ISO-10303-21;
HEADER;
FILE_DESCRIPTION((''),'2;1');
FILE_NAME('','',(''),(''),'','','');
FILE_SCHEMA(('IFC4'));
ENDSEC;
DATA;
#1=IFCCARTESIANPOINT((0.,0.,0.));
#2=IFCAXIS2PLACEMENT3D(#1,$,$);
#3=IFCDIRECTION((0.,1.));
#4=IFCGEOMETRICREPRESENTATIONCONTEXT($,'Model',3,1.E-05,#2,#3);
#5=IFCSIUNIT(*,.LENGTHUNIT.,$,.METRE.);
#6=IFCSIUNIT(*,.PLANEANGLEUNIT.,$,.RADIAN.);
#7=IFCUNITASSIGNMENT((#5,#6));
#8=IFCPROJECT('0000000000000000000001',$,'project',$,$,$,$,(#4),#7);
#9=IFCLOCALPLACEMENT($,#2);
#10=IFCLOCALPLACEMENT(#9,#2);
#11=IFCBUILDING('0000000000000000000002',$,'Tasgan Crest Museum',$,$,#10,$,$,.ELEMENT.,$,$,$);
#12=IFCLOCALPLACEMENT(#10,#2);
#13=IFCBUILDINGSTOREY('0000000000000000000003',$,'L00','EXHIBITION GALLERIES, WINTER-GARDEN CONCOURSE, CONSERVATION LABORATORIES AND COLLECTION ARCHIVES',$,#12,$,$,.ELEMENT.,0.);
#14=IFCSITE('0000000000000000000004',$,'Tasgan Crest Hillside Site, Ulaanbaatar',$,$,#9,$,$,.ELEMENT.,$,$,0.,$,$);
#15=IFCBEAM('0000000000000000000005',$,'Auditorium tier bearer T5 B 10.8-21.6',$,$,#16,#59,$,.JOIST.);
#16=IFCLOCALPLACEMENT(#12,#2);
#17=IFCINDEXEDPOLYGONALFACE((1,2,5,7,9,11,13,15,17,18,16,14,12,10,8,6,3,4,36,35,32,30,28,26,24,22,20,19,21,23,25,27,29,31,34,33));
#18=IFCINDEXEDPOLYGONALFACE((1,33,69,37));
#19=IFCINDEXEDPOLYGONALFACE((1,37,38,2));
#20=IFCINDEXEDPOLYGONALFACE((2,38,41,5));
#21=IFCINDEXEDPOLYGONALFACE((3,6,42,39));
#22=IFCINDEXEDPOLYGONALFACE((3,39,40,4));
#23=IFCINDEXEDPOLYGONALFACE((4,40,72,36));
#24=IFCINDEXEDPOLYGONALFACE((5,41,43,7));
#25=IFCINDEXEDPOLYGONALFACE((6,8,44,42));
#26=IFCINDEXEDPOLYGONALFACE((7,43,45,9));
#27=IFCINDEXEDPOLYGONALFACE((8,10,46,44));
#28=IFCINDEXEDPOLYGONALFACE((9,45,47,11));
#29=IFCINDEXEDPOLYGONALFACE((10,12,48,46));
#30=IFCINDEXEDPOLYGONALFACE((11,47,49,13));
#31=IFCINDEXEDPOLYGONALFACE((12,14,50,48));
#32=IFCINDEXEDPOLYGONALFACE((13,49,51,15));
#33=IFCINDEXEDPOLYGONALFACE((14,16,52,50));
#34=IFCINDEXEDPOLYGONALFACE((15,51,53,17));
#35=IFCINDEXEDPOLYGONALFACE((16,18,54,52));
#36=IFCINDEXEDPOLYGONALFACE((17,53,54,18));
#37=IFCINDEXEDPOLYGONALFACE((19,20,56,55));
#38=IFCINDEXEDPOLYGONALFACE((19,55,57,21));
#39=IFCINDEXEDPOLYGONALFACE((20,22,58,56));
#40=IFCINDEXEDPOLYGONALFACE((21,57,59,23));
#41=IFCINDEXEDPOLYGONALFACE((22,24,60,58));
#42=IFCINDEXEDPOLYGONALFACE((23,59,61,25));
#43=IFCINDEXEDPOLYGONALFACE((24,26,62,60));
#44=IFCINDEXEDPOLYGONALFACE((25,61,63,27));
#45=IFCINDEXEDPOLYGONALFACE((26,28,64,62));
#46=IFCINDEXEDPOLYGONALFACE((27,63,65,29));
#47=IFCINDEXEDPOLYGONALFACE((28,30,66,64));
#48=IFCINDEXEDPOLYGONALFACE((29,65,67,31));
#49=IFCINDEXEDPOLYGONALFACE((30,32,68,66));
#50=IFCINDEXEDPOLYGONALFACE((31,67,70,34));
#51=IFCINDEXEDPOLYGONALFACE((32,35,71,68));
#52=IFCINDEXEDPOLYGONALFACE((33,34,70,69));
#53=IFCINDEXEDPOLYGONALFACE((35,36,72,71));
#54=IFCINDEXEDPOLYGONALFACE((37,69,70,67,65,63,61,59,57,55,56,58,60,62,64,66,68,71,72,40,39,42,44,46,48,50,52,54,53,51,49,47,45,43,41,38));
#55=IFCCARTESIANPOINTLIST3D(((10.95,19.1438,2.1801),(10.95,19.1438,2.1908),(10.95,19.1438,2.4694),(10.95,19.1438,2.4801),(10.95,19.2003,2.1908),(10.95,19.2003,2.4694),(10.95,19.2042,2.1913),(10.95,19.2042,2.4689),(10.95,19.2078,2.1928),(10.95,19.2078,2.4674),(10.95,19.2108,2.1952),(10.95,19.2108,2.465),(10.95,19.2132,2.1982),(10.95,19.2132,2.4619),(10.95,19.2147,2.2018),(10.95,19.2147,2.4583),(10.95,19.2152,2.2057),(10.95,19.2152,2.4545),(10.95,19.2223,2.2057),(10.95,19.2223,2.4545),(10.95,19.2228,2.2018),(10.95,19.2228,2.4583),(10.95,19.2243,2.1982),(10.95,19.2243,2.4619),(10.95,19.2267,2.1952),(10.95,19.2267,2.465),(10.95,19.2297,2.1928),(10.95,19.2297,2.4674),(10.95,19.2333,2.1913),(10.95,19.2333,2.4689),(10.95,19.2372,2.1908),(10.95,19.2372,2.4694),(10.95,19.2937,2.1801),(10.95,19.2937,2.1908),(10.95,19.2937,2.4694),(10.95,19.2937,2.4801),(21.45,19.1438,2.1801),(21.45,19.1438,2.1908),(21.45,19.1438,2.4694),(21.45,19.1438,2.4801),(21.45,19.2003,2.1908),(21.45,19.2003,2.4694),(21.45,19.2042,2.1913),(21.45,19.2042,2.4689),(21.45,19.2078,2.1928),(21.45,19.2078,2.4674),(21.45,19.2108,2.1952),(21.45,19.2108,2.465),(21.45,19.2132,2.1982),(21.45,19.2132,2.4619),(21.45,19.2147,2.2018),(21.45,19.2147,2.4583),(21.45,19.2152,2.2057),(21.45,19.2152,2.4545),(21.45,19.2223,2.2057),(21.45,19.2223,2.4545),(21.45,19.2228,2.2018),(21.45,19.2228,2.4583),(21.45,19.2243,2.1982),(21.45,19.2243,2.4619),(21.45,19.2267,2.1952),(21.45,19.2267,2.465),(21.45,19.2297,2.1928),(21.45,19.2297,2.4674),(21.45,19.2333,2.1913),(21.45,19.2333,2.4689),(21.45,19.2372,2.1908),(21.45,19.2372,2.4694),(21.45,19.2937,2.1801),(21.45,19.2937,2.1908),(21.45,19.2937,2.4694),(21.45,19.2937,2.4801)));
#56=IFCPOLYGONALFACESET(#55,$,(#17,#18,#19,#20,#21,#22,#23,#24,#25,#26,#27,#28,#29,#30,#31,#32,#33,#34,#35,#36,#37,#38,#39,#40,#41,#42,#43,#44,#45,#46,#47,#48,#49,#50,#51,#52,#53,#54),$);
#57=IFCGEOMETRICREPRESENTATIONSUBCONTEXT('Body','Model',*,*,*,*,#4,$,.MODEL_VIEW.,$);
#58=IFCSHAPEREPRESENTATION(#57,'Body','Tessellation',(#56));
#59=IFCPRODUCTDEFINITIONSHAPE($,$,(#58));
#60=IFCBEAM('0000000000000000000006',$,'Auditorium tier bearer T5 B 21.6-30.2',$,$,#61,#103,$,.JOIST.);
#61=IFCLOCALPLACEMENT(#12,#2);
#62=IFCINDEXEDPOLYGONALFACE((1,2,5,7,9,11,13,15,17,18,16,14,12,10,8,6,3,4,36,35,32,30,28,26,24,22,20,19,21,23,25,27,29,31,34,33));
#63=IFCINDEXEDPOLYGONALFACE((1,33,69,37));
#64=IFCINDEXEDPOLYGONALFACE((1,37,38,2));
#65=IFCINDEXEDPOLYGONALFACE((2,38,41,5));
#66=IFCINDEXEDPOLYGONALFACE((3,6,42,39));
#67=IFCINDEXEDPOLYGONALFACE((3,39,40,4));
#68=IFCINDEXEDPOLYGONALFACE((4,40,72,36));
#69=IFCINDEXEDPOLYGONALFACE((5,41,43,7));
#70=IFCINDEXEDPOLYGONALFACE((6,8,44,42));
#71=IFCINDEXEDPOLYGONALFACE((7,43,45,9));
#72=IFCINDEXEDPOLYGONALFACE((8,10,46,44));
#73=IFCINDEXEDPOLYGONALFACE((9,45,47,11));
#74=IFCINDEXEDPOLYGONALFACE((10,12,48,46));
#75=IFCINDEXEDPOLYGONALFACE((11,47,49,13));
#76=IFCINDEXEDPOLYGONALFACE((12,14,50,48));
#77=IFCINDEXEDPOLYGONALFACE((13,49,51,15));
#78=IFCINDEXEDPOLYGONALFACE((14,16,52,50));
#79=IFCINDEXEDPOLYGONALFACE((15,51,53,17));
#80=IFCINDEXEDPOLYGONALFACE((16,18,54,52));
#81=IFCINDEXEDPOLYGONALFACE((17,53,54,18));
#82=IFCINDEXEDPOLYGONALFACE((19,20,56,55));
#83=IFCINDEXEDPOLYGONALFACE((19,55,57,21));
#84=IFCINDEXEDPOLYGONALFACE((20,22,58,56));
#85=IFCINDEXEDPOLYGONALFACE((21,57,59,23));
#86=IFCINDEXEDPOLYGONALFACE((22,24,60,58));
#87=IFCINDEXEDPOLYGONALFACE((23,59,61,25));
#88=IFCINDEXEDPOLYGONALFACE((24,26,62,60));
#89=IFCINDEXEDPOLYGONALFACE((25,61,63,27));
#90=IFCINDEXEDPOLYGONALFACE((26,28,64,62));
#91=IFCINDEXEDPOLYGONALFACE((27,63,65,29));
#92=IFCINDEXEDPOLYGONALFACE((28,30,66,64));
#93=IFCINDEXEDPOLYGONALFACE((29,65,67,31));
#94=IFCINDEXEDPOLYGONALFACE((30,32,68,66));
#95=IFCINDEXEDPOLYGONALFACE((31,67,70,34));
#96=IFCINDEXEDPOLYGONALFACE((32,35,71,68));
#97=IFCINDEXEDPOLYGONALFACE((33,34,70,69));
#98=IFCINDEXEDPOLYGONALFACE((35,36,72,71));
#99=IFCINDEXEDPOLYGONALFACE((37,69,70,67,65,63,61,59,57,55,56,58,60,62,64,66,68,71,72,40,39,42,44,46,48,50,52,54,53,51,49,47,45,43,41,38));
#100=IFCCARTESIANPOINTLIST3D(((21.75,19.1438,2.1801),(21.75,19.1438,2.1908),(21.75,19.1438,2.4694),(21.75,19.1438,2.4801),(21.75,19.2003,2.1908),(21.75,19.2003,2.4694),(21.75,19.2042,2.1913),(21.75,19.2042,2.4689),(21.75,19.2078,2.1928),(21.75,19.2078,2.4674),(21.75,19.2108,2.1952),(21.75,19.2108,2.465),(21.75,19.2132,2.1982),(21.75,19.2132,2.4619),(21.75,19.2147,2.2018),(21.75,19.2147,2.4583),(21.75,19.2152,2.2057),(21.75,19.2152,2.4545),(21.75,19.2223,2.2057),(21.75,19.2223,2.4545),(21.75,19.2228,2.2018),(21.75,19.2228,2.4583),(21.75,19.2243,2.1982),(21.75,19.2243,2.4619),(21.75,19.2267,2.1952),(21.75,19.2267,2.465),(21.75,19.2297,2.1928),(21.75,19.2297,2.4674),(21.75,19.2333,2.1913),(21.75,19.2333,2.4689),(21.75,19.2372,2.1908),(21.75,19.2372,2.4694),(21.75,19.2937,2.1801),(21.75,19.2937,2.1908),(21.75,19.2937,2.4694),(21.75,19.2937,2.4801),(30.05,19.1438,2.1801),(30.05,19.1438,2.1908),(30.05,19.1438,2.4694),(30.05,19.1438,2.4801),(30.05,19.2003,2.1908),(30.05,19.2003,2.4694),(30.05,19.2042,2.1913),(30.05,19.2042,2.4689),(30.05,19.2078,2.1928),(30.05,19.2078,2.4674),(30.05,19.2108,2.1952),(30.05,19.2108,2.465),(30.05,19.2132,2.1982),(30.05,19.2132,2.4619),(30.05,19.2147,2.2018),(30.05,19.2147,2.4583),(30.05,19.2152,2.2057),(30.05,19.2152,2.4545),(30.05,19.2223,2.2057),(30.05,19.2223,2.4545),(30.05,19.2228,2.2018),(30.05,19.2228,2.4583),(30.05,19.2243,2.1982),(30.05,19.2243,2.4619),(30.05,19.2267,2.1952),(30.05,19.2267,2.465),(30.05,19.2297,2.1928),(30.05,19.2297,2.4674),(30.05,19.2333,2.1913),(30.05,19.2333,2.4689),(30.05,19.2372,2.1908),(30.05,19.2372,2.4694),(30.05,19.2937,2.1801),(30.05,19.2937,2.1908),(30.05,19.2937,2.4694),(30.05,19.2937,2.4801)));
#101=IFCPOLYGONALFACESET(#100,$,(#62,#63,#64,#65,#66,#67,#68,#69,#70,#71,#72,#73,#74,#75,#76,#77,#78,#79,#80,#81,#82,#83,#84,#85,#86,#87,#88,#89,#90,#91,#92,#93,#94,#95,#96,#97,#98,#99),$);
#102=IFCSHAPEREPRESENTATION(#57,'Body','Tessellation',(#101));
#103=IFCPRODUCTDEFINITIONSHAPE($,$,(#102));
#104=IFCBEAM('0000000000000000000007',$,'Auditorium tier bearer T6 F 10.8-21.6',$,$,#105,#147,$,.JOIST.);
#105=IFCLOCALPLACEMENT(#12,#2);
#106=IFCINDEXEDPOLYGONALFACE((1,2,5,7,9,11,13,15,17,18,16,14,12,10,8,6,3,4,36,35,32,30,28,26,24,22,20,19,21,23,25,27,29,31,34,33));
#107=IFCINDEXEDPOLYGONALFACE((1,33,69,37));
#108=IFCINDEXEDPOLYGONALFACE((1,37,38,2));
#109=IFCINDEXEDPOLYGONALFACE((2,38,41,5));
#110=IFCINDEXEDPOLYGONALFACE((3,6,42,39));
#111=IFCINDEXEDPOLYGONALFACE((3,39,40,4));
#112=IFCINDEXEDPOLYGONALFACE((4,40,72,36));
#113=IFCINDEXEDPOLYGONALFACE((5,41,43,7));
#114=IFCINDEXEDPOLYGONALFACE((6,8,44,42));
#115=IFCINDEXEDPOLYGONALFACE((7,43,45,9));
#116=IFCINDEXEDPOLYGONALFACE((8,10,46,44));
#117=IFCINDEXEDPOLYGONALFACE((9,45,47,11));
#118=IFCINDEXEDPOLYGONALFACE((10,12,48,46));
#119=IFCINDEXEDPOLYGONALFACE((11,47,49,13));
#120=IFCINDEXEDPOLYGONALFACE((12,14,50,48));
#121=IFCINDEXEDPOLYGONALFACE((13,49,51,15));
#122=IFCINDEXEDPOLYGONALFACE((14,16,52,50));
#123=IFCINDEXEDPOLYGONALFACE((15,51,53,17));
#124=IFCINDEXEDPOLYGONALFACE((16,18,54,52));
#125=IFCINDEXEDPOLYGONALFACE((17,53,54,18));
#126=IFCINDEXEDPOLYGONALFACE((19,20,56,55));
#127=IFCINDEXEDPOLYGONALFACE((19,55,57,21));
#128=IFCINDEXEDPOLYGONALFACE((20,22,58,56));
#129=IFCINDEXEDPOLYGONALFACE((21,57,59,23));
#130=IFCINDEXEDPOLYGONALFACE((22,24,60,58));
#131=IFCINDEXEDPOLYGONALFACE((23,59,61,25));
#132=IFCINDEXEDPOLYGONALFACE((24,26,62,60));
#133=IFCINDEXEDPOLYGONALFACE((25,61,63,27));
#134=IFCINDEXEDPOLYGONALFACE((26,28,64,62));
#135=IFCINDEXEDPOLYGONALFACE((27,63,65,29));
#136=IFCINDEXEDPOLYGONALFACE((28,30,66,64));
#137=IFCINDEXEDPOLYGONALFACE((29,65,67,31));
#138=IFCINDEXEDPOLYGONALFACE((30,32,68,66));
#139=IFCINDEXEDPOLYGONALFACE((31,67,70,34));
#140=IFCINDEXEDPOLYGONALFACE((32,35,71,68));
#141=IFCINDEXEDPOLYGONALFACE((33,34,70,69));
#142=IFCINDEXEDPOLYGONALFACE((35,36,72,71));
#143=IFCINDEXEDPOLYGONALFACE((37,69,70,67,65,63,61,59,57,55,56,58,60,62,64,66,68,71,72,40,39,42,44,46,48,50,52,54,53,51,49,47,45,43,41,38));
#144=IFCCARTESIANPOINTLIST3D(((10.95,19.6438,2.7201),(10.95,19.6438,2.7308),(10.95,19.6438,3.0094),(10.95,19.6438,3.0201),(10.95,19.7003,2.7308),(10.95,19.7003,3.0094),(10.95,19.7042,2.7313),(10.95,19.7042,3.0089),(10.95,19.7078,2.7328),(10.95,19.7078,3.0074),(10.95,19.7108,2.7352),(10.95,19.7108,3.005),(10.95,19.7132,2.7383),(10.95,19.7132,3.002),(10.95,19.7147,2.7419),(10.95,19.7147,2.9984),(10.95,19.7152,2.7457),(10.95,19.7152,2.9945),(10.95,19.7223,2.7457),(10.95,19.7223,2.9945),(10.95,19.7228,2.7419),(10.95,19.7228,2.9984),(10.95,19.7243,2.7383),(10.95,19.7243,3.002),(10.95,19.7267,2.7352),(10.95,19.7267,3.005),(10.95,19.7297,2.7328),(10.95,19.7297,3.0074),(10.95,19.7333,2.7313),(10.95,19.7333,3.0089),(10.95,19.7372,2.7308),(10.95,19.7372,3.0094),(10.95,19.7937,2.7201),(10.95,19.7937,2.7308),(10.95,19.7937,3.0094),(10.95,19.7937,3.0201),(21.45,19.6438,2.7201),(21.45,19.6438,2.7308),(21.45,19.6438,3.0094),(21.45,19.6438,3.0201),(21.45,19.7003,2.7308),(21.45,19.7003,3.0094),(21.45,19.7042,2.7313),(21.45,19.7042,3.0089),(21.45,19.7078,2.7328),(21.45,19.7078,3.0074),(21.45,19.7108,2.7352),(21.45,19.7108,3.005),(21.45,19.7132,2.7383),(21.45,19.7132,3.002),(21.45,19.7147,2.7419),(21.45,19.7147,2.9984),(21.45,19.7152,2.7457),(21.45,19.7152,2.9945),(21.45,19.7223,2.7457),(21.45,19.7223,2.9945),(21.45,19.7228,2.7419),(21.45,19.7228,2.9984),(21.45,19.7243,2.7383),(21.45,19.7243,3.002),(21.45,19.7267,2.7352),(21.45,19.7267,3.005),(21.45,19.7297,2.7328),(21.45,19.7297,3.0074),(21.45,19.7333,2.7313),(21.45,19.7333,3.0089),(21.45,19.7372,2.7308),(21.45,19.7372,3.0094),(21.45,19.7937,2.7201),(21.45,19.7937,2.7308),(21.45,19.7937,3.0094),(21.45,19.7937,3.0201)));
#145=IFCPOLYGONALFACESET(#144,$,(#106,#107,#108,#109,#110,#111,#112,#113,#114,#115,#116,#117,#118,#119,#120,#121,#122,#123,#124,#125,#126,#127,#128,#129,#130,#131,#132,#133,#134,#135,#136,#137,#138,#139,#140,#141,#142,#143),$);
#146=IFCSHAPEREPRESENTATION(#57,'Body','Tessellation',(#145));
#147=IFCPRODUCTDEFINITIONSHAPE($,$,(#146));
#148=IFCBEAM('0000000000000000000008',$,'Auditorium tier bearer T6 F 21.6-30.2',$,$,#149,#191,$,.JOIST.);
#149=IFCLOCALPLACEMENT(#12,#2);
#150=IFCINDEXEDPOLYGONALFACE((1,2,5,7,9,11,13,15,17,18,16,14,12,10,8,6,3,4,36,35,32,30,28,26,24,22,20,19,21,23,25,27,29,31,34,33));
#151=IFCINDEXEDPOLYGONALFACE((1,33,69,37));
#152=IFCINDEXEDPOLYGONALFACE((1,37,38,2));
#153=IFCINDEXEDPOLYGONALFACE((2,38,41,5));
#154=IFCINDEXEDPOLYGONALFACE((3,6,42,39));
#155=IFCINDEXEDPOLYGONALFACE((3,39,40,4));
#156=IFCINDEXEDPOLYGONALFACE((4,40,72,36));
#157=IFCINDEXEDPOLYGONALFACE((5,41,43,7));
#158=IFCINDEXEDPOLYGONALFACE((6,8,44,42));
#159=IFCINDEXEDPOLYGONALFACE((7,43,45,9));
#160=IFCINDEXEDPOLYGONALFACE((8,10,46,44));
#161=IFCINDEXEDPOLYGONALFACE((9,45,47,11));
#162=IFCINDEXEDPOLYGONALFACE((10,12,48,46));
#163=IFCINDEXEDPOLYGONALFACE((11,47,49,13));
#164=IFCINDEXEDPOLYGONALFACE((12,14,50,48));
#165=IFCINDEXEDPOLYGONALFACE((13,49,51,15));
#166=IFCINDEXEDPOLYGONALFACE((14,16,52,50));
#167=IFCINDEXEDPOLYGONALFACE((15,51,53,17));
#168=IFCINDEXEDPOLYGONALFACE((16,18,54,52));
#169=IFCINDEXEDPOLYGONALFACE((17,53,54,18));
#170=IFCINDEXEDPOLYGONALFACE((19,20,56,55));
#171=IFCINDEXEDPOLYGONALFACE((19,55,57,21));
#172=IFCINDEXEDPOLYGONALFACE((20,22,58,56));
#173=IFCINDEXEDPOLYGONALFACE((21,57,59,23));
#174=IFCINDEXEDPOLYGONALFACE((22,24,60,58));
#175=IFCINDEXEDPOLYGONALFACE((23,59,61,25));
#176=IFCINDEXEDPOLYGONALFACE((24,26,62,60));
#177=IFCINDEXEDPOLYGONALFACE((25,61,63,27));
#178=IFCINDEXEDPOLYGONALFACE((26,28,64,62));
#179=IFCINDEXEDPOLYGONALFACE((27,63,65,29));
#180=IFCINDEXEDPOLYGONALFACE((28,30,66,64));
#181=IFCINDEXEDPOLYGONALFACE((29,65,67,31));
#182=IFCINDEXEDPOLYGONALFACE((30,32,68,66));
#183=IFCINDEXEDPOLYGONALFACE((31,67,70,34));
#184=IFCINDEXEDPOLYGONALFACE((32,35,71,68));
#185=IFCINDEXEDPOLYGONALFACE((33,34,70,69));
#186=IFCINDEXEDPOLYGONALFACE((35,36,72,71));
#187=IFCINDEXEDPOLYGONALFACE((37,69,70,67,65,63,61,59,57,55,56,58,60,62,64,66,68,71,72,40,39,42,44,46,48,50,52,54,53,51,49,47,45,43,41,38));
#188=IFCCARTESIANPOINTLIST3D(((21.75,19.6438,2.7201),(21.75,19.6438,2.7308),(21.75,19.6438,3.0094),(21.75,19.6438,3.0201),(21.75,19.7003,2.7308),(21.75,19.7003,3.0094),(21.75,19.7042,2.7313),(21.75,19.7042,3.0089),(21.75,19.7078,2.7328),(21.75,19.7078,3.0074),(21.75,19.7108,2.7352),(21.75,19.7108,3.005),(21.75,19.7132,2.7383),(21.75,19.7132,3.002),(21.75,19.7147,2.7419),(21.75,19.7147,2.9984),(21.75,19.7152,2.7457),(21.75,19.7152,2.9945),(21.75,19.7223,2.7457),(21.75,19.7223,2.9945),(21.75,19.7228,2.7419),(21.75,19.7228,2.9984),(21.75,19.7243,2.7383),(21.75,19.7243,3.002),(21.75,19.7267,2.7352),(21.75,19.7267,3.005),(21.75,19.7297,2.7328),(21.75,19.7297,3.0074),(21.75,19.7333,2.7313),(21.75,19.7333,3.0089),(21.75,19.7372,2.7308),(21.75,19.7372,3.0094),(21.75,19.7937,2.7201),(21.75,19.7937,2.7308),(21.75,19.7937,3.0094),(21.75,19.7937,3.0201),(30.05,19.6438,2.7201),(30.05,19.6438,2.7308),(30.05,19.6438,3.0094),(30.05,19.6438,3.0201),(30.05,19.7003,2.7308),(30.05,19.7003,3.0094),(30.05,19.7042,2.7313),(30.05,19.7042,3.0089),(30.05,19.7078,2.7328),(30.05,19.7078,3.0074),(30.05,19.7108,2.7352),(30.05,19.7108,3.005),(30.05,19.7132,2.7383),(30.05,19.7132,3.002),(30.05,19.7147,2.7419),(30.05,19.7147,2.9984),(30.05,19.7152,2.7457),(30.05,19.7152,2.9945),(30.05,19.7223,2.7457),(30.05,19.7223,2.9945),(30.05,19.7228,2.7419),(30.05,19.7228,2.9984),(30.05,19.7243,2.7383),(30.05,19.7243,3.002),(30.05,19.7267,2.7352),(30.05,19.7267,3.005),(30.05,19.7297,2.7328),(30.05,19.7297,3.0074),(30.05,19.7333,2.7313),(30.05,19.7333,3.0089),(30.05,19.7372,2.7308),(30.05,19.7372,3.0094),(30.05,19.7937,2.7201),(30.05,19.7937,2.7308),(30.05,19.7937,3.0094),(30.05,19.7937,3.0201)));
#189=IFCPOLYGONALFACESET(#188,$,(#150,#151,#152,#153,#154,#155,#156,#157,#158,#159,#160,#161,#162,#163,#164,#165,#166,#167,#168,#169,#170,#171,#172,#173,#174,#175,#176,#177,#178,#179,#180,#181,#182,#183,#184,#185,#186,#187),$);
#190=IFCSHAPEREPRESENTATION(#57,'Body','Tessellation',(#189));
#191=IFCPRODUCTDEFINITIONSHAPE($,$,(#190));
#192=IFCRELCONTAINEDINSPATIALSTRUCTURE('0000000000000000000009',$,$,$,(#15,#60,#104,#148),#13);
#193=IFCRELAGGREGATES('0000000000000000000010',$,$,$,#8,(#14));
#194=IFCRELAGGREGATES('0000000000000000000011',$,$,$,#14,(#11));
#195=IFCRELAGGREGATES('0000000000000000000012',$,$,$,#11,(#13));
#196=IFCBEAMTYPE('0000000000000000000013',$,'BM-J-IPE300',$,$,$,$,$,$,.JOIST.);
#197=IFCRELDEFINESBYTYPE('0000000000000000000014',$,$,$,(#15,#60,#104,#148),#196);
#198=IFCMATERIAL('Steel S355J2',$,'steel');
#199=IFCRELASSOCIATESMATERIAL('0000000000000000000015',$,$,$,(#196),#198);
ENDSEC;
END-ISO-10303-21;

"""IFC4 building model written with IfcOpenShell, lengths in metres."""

from ifc_helpers import new_model, si_unit, direction, frame, origin, origin_2d, place, context, subcontext, project, spatial, i_section, extrude, material, material_profile, profile_set, type_object, element, save


model = new_model("IFC4")

# Units and contexts
model_context = context("Model", 3, precision=1e-05, world=origin(), true_north=direction((0.0, 1.0)))
body_context = subcontext(model_context, "Body", "Model", "MODEL_VIEW")
ifc_project = project(units=[si_unit("LENGTHUNIT", "METRE"), si_unit("PLANEANGLEUNIT", "RADIAN")], contexts=[model_context])

# Site, building, storey
site_placement = place(None, origin())
site = spatial("IfcSite", under=ifc_project, at=site_placement, Name="Tasgan Crest Hillside Site, Ulaanbaatar", CompositionType="ELEMENT", RefElevation=0.0)
building_placement = place(site_placement, origin())
building = spatial("IfcBuilding", under=site, at=building_placement, Name="Tasgan Crest Museum", CompositionType="ELEMENT")
storey_placement = place(building_placement, origin())
storey = spatial("IfcBuildingStorey", under=building, at=storey_placement, Name="L00", Description="EXHIBITION GALLERIES, WINTER-GARDEN CONCOURSE, CONSERVATION LABORATORIES AND COLLECTION ARCHIVES", CompositionType="ELEMENT", Elevation=0.0)

# Beams
ifc_material_1 = material(Name="Steel S355J2", Category="steel")
ifc_material_profile_1 = material_profile(ifc_material_1, i_section(OverallWidth=0.1499, OverallDepth=0.3, WebThickness=0.0071, FlangeThickness=0.0107, FilletRadius=0.0149, at=origin_2d()), Name="IPE 300")
ifc_profile_set_1 = profile_set([ifc_material_profile_1], Name="Steel S355J2")
beam_type = type_object("IfcBeamType", Name="BM-J-IPE300", PredefinedType="JOIST", material=ifc_profile_set_1)
beam_1_placement = place(storey_placement, frame((10.95, 19.2188, 2.3301), z_axis=(1.0, 0.0, 0.0), x_axis=(0.0, 1.0, 0.0)))
element("IfcBeam", 1, at=beam_1_placement, inside=storey, type_object=beam_type, Name="Auditorium tier bearer T5 B 10.8-21.6", PredefinedType="JOIST", context=body_context, shape_type="SweptSolid", body=[
    extrude(i_section(OverallWidth=0.1499, OverallDepth=0.3, WebThickness=0.0071, FlangeThickness=0.0107, FilletRadius=0.0149, at=origin_2d()), origin(), (0.0, 0.0, 1.0), 10.5),
])
beam_2_placement = place(storey_placement, frame((21.75, 19.2188, 2.3301), z_axis=(1.0, 0.0, 0.0), x_axis=(0.0, 1.0, 0.0)))
element("IfcBeam", 2, at=beam_2_placement, inside=storey, type_object=beam_type, Name="Auditorium tier bearer T5 B 21.6-30.2", PredefinedType="JOIST", context=body_context, shape_type="SweptSolid", body=[
    extrude(i_section(OverallWidth=0.1499, OverallDepth=0.3, WebThickness=0.0071, FlangeThickness=0.0107, FilletRadius=0.0149, at=origin_2d()), origin(), (0.0, 0.0, 1.0), 8.3),
])
beam_3_placement = place(storey_placement, frame((10.95, 19.7188, 2.8701), z_axis=(1.0, 0.0, 0.0), x_axis=(0.0, 1.0, 0.0)))
element("IfcBeam", 3, at=beam_3_placement, inside=storey, type_object=beam_type, Name="Auditorium tier bearer T6 F 10.8-21.6", PredefinedType="JOIST", context=body_context, shape_type="SweptSolid", body=[
    extrude(i_section(OverallWidth=0.1499, OverallDepth=0.3, WebThickness=0.0071, FlangeThickness=0.0107, FilletRadius=0.0149, at=origin_2d()), origin(), (0.0, 0.0, 1.0), 10.5),
])
beam_4_placement = place(storey_placement, frame((21.75, 19.7188, 2.8701), z_axis=(1.0, 0.0, 0.0), x_axis=(0.0, 1.0, 0.0)))
element("IfcBeam", 4, at=beam_4_placement, inside=storey, type_object=beam_type, Name="Auditorium tier bearer T6 F 21.6-30.2", PredefinedType="JOIST", context=body_context, shape_type="SweptSolid", body=[
    extrude(i_section(OverallWidth=0.1499, OverallDepth=0.3, WebThickness=0.0071, FlangeThickness=0.0107, FilletRadius=0.0149, at=origin_2d()), origin(), (0.0, 0.0, 1.0), 8.3),
])

save(model, "model.ifc")
